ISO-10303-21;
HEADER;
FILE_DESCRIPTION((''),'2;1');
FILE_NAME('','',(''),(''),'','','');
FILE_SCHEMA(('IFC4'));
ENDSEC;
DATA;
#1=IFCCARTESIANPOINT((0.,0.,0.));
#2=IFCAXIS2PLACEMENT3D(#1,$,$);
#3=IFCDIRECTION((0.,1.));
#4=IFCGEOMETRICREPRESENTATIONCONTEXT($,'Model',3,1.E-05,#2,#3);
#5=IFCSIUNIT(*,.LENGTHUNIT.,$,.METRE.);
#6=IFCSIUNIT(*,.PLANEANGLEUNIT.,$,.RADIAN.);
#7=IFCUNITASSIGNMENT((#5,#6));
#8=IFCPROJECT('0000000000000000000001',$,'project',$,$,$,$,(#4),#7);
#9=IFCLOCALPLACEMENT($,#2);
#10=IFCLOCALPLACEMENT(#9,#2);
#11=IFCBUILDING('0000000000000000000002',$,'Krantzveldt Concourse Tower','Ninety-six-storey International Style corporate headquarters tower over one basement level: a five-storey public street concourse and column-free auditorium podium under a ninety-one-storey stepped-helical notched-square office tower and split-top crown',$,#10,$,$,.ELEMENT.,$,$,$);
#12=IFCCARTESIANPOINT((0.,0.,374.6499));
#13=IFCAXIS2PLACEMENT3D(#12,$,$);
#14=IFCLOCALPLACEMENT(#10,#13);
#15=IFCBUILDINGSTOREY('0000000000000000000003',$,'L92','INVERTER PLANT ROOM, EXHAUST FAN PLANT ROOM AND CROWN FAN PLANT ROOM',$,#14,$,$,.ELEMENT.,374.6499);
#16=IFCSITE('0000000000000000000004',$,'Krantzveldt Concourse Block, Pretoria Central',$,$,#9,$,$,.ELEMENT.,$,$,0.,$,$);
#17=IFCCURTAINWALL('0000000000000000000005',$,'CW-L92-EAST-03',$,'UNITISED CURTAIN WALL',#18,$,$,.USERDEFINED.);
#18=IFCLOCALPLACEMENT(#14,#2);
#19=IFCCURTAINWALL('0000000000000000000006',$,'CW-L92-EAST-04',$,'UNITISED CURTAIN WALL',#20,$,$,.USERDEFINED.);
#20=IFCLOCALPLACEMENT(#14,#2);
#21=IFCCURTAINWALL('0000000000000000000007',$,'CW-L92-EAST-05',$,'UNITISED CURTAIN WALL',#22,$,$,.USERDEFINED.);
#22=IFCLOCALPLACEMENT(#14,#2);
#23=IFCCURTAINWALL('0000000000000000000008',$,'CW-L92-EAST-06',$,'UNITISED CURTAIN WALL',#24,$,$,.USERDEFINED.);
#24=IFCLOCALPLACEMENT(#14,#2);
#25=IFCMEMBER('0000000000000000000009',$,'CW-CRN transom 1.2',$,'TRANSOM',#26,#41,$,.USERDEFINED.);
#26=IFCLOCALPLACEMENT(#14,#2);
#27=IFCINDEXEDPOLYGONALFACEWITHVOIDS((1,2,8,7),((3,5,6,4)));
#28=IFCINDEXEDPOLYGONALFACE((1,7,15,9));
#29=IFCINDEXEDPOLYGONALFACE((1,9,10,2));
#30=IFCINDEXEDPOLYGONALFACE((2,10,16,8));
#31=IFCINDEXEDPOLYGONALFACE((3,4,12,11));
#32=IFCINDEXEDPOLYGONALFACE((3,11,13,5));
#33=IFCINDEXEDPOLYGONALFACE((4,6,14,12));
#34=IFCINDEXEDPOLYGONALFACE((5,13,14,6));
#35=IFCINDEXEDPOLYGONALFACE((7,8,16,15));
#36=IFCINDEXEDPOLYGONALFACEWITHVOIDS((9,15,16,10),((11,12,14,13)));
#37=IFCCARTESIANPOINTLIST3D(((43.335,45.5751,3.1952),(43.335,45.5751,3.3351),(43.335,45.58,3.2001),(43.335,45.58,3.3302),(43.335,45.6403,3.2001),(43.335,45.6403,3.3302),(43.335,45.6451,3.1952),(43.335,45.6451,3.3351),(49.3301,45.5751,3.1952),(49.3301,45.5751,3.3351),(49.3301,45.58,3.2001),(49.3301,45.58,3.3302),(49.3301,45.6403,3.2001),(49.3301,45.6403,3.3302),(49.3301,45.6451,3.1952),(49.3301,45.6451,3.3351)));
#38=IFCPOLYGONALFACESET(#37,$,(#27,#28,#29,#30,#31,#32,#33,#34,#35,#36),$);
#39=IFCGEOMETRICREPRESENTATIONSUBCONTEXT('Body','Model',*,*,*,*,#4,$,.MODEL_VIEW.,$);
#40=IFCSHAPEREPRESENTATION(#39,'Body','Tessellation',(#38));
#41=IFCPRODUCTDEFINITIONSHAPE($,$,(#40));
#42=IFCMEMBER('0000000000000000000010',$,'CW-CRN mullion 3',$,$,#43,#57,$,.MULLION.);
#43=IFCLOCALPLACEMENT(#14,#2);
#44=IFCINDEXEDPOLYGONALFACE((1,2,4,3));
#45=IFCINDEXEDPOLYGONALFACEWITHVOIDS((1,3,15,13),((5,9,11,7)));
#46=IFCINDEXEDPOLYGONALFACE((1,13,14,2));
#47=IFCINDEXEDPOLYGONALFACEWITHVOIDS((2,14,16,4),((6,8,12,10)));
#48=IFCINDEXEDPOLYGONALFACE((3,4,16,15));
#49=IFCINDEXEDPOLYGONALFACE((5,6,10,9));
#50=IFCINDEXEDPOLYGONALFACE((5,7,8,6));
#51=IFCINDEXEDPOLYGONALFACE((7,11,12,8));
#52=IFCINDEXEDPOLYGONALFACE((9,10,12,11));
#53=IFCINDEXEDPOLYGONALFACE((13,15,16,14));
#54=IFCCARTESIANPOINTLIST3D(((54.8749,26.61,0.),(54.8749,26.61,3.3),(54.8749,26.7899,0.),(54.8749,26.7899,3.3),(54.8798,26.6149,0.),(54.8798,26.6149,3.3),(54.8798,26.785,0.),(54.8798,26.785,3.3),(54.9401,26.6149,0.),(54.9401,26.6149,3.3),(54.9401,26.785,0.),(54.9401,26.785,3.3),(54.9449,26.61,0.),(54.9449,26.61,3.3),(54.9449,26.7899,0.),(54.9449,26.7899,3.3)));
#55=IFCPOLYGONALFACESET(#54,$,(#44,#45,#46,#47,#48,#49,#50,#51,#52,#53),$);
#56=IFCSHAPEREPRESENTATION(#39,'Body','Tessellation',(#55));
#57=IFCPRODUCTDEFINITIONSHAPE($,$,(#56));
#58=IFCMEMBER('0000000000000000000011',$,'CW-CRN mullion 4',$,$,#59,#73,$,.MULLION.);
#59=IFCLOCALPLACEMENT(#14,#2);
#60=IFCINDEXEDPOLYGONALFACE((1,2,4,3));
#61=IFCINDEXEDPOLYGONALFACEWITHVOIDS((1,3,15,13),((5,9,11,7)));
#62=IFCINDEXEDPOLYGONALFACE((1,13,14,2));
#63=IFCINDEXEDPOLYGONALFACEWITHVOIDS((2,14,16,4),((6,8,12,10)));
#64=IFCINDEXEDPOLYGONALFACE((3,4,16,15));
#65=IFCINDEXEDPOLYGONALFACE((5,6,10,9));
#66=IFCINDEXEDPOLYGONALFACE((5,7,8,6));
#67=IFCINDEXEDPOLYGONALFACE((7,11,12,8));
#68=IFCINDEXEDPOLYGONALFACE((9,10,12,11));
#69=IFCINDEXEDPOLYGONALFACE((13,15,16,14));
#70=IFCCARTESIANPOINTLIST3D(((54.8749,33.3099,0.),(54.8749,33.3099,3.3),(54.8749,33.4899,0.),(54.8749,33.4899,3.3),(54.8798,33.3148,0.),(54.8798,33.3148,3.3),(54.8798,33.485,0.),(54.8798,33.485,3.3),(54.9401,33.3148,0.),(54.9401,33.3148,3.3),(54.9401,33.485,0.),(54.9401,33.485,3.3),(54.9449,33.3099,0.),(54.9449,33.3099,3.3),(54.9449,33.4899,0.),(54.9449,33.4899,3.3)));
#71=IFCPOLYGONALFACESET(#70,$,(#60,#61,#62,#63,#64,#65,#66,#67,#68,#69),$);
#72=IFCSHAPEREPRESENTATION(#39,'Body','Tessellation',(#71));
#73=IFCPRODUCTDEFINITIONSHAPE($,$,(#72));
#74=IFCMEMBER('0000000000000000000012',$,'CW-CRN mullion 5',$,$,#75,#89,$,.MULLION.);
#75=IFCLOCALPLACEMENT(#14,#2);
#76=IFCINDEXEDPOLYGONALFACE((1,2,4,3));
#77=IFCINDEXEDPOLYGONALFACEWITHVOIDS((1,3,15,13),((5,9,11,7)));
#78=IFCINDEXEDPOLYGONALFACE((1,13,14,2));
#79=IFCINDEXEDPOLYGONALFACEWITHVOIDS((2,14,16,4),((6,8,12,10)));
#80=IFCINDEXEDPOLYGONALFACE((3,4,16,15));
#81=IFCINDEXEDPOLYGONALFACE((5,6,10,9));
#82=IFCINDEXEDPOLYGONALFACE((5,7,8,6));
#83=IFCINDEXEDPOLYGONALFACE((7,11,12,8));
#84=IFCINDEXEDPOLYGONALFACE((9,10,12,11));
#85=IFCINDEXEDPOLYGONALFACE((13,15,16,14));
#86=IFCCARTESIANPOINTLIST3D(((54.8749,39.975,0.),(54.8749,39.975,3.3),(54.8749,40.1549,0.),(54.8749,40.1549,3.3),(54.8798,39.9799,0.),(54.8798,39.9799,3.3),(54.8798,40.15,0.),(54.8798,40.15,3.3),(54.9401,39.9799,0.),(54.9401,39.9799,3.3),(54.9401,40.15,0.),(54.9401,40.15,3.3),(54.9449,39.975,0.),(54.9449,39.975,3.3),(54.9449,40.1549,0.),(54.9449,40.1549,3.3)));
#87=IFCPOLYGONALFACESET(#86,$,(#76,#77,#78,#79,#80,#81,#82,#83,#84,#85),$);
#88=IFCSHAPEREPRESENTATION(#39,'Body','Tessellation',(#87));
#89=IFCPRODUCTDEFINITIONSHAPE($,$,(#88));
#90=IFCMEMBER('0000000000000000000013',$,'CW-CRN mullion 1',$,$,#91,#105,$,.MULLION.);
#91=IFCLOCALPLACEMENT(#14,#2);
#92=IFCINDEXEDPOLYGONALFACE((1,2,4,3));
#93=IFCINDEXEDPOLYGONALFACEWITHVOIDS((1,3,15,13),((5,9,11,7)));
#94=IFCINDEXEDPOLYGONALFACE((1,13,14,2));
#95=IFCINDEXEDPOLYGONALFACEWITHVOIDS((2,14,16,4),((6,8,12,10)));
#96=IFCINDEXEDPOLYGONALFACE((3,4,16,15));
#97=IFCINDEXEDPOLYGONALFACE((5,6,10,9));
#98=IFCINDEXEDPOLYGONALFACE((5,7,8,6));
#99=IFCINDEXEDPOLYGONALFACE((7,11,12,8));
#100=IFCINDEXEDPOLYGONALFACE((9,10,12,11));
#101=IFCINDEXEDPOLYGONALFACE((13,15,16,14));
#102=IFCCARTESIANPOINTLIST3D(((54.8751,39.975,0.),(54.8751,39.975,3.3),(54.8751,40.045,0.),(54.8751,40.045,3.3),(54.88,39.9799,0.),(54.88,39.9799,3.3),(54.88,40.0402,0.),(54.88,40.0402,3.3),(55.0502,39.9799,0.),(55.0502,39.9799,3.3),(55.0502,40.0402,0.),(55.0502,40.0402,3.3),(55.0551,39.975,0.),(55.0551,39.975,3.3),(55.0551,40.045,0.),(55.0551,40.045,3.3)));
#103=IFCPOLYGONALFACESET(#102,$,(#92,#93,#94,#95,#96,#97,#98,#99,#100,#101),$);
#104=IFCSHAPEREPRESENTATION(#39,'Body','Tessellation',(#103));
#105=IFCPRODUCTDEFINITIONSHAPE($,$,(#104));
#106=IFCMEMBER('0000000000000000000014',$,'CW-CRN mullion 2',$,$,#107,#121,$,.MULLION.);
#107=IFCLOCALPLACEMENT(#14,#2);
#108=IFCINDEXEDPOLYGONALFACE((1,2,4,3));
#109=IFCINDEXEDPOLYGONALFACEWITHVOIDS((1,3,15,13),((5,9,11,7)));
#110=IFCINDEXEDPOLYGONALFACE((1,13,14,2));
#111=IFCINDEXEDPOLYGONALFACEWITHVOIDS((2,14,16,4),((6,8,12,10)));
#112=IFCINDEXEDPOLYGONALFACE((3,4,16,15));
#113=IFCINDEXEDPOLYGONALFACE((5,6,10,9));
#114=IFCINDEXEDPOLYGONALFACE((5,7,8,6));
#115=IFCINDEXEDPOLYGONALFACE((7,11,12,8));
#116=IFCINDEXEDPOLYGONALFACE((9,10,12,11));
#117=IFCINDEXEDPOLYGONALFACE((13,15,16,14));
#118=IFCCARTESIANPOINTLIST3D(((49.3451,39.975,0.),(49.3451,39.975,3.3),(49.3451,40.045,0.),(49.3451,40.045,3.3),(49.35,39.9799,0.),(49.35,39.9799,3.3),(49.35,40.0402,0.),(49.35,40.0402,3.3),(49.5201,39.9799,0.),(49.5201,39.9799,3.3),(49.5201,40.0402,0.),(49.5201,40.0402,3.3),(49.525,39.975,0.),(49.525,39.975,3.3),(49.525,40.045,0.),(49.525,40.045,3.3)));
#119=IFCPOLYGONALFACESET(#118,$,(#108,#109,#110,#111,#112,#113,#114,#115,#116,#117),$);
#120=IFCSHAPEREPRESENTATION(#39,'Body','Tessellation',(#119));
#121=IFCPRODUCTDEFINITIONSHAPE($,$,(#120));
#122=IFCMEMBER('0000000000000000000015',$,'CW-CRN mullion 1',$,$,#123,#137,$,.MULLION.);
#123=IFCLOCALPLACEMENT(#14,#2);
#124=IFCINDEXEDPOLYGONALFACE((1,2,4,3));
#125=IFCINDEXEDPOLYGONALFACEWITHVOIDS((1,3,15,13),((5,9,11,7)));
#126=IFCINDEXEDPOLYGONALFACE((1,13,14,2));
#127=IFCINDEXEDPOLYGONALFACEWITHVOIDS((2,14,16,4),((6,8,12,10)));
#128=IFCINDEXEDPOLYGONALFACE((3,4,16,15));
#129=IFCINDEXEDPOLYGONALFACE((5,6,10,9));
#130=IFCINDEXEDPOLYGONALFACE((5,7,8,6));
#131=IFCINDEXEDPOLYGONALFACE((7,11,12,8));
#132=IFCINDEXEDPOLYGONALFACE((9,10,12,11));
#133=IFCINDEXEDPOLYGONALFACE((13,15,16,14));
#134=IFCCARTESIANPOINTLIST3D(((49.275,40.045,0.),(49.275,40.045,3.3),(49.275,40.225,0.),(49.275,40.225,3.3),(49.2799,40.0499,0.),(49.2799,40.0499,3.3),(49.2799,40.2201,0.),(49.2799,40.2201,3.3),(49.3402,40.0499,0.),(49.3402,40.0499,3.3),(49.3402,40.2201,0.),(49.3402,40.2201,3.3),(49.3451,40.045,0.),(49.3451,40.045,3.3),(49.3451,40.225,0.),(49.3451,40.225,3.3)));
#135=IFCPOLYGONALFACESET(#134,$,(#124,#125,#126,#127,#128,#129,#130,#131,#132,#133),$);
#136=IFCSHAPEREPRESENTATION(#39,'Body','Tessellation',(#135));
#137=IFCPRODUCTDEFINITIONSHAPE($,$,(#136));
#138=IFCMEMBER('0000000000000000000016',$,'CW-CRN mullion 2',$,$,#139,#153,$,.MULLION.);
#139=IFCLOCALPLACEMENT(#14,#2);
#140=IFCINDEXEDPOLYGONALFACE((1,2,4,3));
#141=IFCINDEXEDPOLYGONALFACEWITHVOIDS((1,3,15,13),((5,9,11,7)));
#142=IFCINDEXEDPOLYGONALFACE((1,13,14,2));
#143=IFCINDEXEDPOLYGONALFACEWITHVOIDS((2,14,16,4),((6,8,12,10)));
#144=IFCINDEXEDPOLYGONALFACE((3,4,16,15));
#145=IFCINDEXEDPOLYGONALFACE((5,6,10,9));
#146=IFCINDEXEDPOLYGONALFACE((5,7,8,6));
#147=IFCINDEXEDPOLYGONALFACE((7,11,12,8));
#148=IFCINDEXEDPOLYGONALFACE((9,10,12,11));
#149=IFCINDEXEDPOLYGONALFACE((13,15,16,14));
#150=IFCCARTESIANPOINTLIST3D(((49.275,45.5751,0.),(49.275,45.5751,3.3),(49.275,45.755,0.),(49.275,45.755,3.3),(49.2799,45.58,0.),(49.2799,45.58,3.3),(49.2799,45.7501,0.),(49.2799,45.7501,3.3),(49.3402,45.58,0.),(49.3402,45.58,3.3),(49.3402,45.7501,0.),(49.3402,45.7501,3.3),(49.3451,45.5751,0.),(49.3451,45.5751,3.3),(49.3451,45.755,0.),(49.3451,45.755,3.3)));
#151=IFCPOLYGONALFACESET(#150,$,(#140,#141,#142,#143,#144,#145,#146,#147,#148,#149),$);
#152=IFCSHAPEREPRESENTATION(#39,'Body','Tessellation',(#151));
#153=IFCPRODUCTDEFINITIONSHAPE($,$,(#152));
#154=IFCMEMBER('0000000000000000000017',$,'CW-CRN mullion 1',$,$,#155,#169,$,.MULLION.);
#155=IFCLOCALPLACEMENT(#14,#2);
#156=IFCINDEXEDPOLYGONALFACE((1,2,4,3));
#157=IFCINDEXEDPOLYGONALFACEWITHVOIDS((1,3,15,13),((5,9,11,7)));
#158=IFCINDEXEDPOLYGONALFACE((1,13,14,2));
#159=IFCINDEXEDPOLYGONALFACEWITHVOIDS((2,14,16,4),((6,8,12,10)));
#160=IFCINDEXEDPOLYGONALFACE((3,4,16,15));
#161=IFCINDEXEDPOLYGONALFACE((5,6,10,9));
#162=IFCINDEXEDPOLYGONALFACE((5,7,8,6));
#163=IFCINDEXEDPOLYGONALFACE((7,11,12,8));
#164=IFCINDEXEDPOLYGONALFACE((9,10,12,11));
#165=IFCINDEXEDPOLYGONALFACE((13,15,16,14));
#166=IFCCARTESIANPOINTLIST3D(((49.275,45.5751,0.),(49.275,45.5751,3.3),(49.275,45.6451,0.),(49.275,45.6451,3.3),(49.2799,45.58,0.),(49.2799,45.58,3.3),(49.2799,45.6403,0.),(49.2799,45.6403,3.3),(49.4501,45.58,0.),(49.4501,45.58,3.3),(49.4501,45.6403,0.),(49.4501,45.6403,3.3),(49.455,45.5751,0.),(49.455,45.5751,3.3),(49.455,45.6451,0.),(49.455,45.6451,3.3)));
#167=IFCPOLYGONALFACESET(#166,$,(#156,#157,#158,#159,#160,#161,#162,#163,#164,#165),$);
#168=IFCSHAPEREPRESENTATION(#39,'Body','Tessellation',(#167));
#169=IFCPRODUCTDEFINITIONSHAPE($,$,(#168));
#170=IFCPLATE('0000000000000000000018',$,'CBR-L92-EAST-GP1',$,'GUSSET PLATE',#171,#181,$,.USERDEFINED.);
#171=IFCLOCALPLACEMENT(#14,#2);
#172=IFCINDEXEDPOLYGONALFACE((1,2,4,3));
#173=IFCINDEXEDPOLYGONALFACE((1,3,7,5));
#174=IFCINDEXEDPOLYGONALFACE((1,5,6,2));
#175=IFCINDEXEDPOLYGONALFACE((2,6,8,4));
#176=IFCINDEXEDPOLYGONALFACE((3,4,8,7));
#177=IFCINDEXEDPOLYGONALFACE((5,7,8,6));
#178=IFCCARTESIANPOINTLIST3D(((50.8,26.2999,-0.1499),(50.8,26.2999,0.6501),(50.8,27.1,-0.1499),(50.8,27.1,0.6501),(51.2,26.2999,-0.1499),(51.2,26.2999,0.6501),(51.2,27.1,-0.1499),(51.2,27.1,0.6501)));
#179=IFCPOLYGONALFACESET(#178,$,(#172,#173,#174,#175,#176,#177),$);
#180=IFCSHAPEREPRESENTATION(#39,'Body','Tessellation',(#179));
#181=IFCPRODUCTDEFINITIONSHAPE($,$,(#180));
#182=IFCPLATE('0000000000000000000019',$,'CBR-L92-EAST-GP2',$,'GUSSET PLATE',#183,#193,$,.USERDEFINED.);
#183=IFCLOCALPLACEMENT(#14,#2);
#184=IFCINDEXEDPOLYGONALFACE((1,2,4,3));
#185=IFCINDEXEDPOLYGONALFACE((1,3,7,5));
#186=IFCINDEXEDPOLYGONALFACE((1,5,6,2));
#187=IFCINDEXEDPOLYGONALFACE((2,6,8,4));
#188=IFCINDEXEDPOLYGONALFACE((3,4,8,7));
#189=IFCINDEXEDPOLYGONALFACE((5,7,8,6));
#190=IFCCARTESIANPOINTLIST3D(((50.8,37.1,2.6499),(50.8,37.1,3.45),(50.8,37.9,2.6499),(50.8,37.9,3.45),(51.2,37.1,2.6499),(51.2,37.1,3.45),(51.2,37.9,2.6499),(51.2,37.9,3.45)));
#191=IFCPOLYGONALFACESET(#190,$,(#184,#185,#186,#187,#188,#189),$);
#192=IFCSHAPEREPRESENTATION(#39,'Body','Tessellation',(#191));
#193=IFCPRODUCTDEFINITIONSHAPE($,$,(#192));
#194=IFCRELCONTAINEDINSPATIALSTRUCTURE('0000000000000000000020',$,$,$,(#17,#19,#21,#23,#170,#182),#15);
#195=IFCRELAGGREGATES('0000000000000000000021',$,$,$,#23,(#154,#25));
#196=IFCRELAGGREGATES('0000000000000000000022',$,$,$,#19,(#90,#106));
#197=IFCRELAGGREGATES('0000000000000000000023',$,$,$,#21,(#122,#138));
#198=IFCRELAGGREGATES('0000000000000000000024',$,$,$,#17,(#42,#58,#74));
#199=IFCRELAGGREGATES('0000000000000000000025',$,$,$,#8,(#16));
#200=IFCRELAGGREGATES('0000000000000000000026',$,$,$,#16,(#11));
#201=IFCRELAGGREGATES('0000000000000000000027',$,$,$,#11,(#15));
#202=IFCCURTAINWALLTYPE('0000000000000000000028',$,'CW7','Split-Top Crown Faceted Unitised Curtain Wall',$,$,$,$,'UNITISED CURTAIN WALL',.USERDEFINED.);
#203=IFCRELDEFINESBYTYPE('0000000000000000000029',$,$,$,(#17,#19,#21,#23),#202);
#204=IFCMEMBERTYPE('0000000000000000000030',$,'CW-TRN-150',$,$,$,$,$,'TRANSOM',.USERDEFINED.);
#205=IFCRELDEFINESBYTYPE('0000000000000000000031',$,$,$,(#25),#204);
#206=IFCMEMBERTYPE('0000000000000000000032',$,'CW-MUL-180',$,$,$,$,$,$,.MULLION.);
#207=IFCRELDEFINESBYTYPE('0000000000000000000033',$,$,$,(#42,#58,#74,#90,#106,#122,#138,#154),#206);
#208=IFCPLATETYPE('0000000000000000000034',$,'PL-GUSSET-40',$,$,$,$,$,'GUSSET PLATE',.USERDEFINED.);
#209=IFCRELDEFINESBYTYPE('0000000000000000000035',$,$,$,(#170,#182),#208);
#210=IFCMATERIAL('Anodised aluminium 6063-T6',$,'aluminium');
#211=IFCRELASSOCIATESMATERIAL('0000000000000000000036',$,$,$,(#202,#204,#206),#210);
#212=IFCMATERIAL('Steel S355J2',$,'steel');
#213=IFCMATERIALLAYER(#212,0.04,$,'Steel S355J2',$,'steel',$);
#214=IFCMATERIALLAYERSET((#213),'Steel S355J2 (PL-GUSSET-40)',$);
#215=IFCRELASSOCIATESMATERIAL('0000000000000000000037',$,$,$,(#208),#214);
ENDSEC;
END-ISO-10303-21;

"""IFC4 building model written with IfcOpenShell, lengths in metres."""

from ifc_helpers import new_model, si_unit, direction, frame, origin, origin_2d, place, context, subcontext, project, spatial, rectangle, hollow_rectangle, extrude, source, transform, mapped, material, layer, layer_set, material_profile, profile_set, type_object, type_shapes, element, aggregate, save


model = new_model("IFC4")

# Units and contexts
model_context = context("Model", 3, precision=1e-05, world=origin(), true_north=direction((0.0, 1.0)))
body_context = subcontext(model_context, "Body", "Model", "MODEL_VIEW")
ifc_project = project(units=[si_unit("LENGTHUNIT", "METRE"), si_unit("PLANEANGLEUNIT", "RADIAN")], contexts=[model_context])

# Site, building, storey
site_placement = place(None, origin())
site = spatial("IfcSite", under=ifc_project, at=site_placement, Name="Krantzveldt Concourse Block, Pretoria Central", CompositionType="ELEMENT", RefElevation=0.0)
building_placement = place(site_placement, origin())
building = spatial("IfcBuilding", under=site, at=building_placement, Name="Krantzveldt Concourse Tower", Description="Ninety-six-storey International Style corporate headquarters tower over one basement level: a five-storey public street concourse and column-free auditorium podium under a ninety-one-storey stepped-helical notched-square office tower and split-top crown", CompositionType="ELEMENT")
storey_placement = place(building_placement, frame((0.0, 0.0, 374.6499)))
storey = spatial("IfcBuildingStorey", under=building, at=storey_placement, Name="L92", Description="INVERTER PLANT ROOM, EXHAUST FAN PLANT ROOM AND CROWN FAN PLANT ROOM", CompositionType="ELEMENT", Elevation=374.6499)

# Shared definitions
ifc_material_1 = material(Name="Steel S355J2", Category="steel")

# Curtain walls, member
ifc_material_2 = material(Name="Anodised aluminium 6063-T6", Category="aluminium")
curtain_wall_type = type_object("IfcCurtainWallType", Name="CW7", Description="Split-Top Crown Faceted Unitised Curtain Wall", ElementType="UNITISED CURTAIN WALL", PredefinedType="USERDEFINED", material=ifc_material_2)
curtain_wall_1_placement = place(storey_placement, origin())
curtain_wall_1 = element("IfcCurtainWall", 1, at=curtain_wall_1_placement, inside=storey, type_object=curtain_wall_type, Name="CW-L92-EAST-03", ObjectType="UNITISED CURTAIN WALL", PredefinedType="USERDEFINED")
ifc_material_profile_1 = material_profile(ifc_material_2, hollow_rectangle(XDim=0.0701, YDim=0.1399, WallThickness=0.0049, at=origin_2d()), Name="Anodised aluminium 6063-T6", Category="aluminium")
ifc_profile_set_1 = profile_set([ifc_material_profile_1], Name="Anodised aluminium 6063-T6 - ALU-TRAN 140x70x5")
member_type_1 = type_object("IfcMemberType", Name="CW-TRN-150", ElementType="TRANSOM", PredefinedType="USERDEFINED", material=ifc_profile_set_1)
curtain_wall_2_placement = place(storey_placement, origin())
curtain_wall_2 = element("IfcCurtainWall", 2, at=curtain_wall_2_placement, inside=storey, type_object=curtain_wall_type, Name="CW-L92-EAST-04", ObjectType="UNITISED CURTAIN WALL", PredefinedType="USERDEFINED")
curtain_wall_3_placement = place(storey_placement, origin())
curtain_wall_3 = element("IfcCurtainWall", 3, at=curtain_wall_3_placement, inside=storey, type_object=curtain_wall_type, Name="CW-L92-EAST-05", ObjectType="UNITISED CURTAIN WALL", PredefinedType="USERDEFINED")
curtain_wall_4_placement = place(storey_placement, origin())
curtain_wall_4 = element("IfcCurtainWall", 4, at=curtain_wall_4_placement, inside=storey, type_object=curtain_wall_type, Name="CW-L92-EAST-06", ObjectType="UNITISED CURTAIN WALL", PredefinedType="USERDEFINED")
shared_shape_1 = source(origin(), body_context, "Body", "SweptSolid", [
    extrude(hollow_rectangle(XDim=0.0701, YDim=0.1399, WallThickness=0.0049, at=origin_2d()), origin(), (0.0, 0.0, 1.0), 5.9951),
])
member_1_placement = place(storey_placement, frame((49.3301, 45.6101, 3.2651), z_axis=(-1.0, 0.0, 0.0), x_axis=(0.0, -1.0, 0.0)))
member_1 = element("IfcMember", 5, at=member_1_placement, type_object=member_type_1, Name="CW-CRN transom 1.2", ObjectType="TRANSOM", PredefinedType="USERDEFINED", context=body_context, shape_type="MappedRepresentation", body=[
    mapped(shared_shape_1, transform((0.0, 0.0, 0.0), x_axis=(1.0, 0.0, 0.0), y_axis=(0.0, 1.0, 0.0), z_axis=(0.0, 0.0, 1.0), scale=1.0)),
])

# Members
ifc_material_profile_2 = material_profile(ifc_material_2, hollow_rectangle(XDim=0.0701, YDim=0.1799, WallThickness=0.0049, at=origin_2d()), Name="Anodised aluminium 6063-T6", Category="aluminium")
ifc_profile_set_2 = profile_set([ifc_material_profile_2], Name="Anodised aluminium 6063-T6 - ALU-MULL 180x70x5")
member_type_2 = type_object("IfcMemberType", Name="CW-MUL-180", PredefinedType="MULLION", material=ifc_profile_set_2)
shared_shape_2 = source(origin(), body_context, "Body", "SweptSolid", [
    extrude(hollow_rectangle(XDim=0.0701, YDim=0.1799, WallThickness=0.0049, at=origin_2d()), origin(), (0.0, 0.0, 1.0), 3.3),
])
type_shapes(member_type_2, [shared_shape_2])
member_2_placement = place(storey_placement, frame((54.9099, 26.7, 0.0), z_axis=(0.0, 0.0, 1.0), x_axis=(-1.0, 0.0, 0.0)))
member_2 = element("IfcMember", 6, at=member_2_placement, type_object=member_type_2, Name="CW-CRN mullion 3", PredefinedType="MULLION", context=body_context, shape_type="MappedRepresentation", body=[
    mapped(shared_shape_2, transform((0.0, 0.0, 0.0), x_axis=(1.0, 0.0, 0.0), y_axis=(0.0, 1.0, 0.0), z_axis=(0.0, 0.0, 1.0), scale=1.0)),
])
member_3_placement = place(storey_placement, frame((54.9099, 33.3999, 0.0), z_axis=(0.0, 0.0, 1.0), x_axis=(-1.0, 0.0, 0.0)))
member_3 = element("IfcMember", 7, at=member_3_placement, type_object=member_type_2, Name="CW-CRN mullion 4", PredefinedType="MULLION", context=body_context, shape_type="MappedRepresentation", body=[
    mapped(shared_shape_2, transform((0.0, 0.0, 0.0), x_axis=(1.0, 0.0, 0.0), y_axis=(0.0, 1.0, 0.0), z_axis=(0.0, 0.0, 1.0), scale=1.0)),
])
member_4_placement = place(storey_placement, frame((54.9099, 40.0649, 0.0), z_axis=(0.0, 0.0, 1.0), x_axis=(-1.0, 0.0, 0.0)))
member_4 = element("IfcMember", 8, at=member_4_placement, type_object=member_type_2, Name="CW-CRN mullion 5", PredefinedType="MULLION", context=body_context, shape_type="MappedRepresentation", body=[
    mapped(shared_shape_2, transform((0.0, 0.0, 0.0), x_axis=(1.0, 0.0, 0.0), y_axis=(0.0, 1.0, 0.0), z_axis=(0.0, 0.0, 1.0), scale=1.0)),
])
member_5_placement = place(storey_placement, frame((54.9651, 40.01, 0.0), z_axis=(0.0, 0.0, 1.0), x_axis=(0.0, -1.0, 0.0)))
member_5 = element("IfcMember", 9, at=member_5_placement, type_object=member_type_2, Name="CW-CRN mullion 1", PredefinedType="MULLION", context=body_context, shape_type="MappedRepresentation", body=[
    mapped(shared_shape_2, transform((0.0, 0.0, 0.0), x_axis=(1.0, 0.0, 0.0), y_axis=(0.0, 1.0, 0.0), z_axis=(0.0, 0.0, 1.0), scale=1.0)),
])
member_6_placement = place(storey_placement, frame((49.4351, 40.01, 0.0), z_axis=(0.0, 0.0, 1.0), x_axis=(0.0, -1.0, 0.0)))
member_6 = element("IfcMember", 10, at=member_6_placement, type_object=member_type_2, Name="CW-CRN mullion 2", PredefinedType="MULLION", context=body_context, shape_type="MappedRepresentation", body=[
    mapped(shared_shape_2, transform((0.0, 0.0, 0.0), x_axis=(1.0, 0.0, 0.0), y_axis=(0.0, 1.0, 0.0), z_axis=(0.0, 0.0, 1.0), scale=1.0)),
])
member_7_placement = place(storey_placement, frame((49.3101, 40.135, 0.0), z_axis=(0.0, 0.0, 1.0), x_axis=(-1.0, 0.0, 0.0)))
member_7 = element("IfcMember", 11, at=member_7_placement, type_object=member_type_2, Name="CW-CRN mullion 1", PredefinedType="MULLION", context=body_context, shape_type="MappedRepresentation", body=[
    mapped(shared_shape_2, transform((0.0, 0.0, 0.0), x_axis=(1.0, 0.0, 0.0), y_axis=(0.0, 1.0, 0.0), z_axis=(0.0, 0.0, 1.0), scale=1.0)),
])
member_8_placement = place(storey_placement, frame((49.3101, 45.665, 0.0), z_axis=(0.0, 0.0, 1.0), x_axis=(-1.0, 0.0, 0.0)))
member_8 = element("IfcMember", 12, at=member_8_placement, type_object=member_type_2, Name="CW-CRN mullion 2", PredefinedType="MULLION", context=body_context, shape_type="MappedRepresentation", body=[
    mapped(shared_shape_2, transform((0.0, 0.0, 0.0), x_axis=(1.0, 0.0, 0.0), y_axis=(0.0, 1.0, 0.0), z_axis=(0.0, 0.0, 1.0), scale=1.0)),
])
member_9_placement = place(storey_placement, frame((49.365, 45.6101, 0.0), z_axis=(0.0, 0.0, 1.0), x_axis=(0.0, -1.0, 0.0)))
member_9 = element("IfcMember", 13, at=member_9_placement, type_object=member_type_2, Name="CW-CRN mullion 1", PredefinedType="MULLION", context=body_context, shape_type="MappedRepresentation", body=[
    mapped(shared_shape_2, transform((0.0, 0.0, 0.0), x_axis=(1.0, 0.0, 0.0), y_axis=(0.0, 1.0, 0.0), z_axis=(0.0, 0.0, 1.0), scale=1.0)),
])
aggregate(curtain_wall_4, [member_9, member_1])

# Plates
ifc_layer_1 = layer(ifc_material_1, 0.04, Name="Steel S355J2", Category="steel")
ifc_layer_set_1 = layer_set([ifc_layer_1], Name="Steel S355J2 (PL-GUSSET-40)")
plate_type_1 = type_object("IfcPlateType", Name="PL-GUSSET-40", ElementType="GUSSET PLATE", PredefinedType="USERDEFINED", material=ifc_layer_set_1)
shared_shape_3 = source(origin(), body_context, "Body", "SweptSolid", [
    extrude(rectangle(XDim=0.3999, YDim=0.8, at=origin_2d()), origin(), (0.0, 0.0, 1.0), 0.8),
])
type_shapes(plate_type_1, [shared_shape_3])
for number, where, z_axis, x_axis, name in (
    (14, (51.0, 26.7, -0.1499), (0.0, 0.0, 1.0), (1.0, 0.0, 0.0), "CBR-L92-EAST-GP1"),
    (15, (51.0, 37.5, 2.6499), (0.0, 0.0, 1.0), (1.0, 0.0, 0.0), "CBR-L92-EAST-GP2"),
):
    element("IfcPlate", number, at=place(storey_placement, frame(where, z_axis=z_axis, x_axis=x_axis)), inside=storey, type_object=plate_type_1, Name=name, ObjectType="GUSSET PLATE", PredefinedType="USERDEFINED", context=body_context, shape_type="MappedRepresentation", body=[
        mapped(shared_shape_3, transform((0.0, 0.0, 0.0), x_axis=(1.0, 0.0, 0.0), y_axis=(0.0, 1.0, 0.0), z_axis=(0.0, 0.0, 1.0), scale=1.0)),
    ])

aggregate(curtain_wall_2, [member_5, member_6])
aggregate(curtain_wall_3, [member_7, member_8])
aggregate(curtain_wall_1, [member_2, member_3, member_4])

save(model, "model.ifc")
